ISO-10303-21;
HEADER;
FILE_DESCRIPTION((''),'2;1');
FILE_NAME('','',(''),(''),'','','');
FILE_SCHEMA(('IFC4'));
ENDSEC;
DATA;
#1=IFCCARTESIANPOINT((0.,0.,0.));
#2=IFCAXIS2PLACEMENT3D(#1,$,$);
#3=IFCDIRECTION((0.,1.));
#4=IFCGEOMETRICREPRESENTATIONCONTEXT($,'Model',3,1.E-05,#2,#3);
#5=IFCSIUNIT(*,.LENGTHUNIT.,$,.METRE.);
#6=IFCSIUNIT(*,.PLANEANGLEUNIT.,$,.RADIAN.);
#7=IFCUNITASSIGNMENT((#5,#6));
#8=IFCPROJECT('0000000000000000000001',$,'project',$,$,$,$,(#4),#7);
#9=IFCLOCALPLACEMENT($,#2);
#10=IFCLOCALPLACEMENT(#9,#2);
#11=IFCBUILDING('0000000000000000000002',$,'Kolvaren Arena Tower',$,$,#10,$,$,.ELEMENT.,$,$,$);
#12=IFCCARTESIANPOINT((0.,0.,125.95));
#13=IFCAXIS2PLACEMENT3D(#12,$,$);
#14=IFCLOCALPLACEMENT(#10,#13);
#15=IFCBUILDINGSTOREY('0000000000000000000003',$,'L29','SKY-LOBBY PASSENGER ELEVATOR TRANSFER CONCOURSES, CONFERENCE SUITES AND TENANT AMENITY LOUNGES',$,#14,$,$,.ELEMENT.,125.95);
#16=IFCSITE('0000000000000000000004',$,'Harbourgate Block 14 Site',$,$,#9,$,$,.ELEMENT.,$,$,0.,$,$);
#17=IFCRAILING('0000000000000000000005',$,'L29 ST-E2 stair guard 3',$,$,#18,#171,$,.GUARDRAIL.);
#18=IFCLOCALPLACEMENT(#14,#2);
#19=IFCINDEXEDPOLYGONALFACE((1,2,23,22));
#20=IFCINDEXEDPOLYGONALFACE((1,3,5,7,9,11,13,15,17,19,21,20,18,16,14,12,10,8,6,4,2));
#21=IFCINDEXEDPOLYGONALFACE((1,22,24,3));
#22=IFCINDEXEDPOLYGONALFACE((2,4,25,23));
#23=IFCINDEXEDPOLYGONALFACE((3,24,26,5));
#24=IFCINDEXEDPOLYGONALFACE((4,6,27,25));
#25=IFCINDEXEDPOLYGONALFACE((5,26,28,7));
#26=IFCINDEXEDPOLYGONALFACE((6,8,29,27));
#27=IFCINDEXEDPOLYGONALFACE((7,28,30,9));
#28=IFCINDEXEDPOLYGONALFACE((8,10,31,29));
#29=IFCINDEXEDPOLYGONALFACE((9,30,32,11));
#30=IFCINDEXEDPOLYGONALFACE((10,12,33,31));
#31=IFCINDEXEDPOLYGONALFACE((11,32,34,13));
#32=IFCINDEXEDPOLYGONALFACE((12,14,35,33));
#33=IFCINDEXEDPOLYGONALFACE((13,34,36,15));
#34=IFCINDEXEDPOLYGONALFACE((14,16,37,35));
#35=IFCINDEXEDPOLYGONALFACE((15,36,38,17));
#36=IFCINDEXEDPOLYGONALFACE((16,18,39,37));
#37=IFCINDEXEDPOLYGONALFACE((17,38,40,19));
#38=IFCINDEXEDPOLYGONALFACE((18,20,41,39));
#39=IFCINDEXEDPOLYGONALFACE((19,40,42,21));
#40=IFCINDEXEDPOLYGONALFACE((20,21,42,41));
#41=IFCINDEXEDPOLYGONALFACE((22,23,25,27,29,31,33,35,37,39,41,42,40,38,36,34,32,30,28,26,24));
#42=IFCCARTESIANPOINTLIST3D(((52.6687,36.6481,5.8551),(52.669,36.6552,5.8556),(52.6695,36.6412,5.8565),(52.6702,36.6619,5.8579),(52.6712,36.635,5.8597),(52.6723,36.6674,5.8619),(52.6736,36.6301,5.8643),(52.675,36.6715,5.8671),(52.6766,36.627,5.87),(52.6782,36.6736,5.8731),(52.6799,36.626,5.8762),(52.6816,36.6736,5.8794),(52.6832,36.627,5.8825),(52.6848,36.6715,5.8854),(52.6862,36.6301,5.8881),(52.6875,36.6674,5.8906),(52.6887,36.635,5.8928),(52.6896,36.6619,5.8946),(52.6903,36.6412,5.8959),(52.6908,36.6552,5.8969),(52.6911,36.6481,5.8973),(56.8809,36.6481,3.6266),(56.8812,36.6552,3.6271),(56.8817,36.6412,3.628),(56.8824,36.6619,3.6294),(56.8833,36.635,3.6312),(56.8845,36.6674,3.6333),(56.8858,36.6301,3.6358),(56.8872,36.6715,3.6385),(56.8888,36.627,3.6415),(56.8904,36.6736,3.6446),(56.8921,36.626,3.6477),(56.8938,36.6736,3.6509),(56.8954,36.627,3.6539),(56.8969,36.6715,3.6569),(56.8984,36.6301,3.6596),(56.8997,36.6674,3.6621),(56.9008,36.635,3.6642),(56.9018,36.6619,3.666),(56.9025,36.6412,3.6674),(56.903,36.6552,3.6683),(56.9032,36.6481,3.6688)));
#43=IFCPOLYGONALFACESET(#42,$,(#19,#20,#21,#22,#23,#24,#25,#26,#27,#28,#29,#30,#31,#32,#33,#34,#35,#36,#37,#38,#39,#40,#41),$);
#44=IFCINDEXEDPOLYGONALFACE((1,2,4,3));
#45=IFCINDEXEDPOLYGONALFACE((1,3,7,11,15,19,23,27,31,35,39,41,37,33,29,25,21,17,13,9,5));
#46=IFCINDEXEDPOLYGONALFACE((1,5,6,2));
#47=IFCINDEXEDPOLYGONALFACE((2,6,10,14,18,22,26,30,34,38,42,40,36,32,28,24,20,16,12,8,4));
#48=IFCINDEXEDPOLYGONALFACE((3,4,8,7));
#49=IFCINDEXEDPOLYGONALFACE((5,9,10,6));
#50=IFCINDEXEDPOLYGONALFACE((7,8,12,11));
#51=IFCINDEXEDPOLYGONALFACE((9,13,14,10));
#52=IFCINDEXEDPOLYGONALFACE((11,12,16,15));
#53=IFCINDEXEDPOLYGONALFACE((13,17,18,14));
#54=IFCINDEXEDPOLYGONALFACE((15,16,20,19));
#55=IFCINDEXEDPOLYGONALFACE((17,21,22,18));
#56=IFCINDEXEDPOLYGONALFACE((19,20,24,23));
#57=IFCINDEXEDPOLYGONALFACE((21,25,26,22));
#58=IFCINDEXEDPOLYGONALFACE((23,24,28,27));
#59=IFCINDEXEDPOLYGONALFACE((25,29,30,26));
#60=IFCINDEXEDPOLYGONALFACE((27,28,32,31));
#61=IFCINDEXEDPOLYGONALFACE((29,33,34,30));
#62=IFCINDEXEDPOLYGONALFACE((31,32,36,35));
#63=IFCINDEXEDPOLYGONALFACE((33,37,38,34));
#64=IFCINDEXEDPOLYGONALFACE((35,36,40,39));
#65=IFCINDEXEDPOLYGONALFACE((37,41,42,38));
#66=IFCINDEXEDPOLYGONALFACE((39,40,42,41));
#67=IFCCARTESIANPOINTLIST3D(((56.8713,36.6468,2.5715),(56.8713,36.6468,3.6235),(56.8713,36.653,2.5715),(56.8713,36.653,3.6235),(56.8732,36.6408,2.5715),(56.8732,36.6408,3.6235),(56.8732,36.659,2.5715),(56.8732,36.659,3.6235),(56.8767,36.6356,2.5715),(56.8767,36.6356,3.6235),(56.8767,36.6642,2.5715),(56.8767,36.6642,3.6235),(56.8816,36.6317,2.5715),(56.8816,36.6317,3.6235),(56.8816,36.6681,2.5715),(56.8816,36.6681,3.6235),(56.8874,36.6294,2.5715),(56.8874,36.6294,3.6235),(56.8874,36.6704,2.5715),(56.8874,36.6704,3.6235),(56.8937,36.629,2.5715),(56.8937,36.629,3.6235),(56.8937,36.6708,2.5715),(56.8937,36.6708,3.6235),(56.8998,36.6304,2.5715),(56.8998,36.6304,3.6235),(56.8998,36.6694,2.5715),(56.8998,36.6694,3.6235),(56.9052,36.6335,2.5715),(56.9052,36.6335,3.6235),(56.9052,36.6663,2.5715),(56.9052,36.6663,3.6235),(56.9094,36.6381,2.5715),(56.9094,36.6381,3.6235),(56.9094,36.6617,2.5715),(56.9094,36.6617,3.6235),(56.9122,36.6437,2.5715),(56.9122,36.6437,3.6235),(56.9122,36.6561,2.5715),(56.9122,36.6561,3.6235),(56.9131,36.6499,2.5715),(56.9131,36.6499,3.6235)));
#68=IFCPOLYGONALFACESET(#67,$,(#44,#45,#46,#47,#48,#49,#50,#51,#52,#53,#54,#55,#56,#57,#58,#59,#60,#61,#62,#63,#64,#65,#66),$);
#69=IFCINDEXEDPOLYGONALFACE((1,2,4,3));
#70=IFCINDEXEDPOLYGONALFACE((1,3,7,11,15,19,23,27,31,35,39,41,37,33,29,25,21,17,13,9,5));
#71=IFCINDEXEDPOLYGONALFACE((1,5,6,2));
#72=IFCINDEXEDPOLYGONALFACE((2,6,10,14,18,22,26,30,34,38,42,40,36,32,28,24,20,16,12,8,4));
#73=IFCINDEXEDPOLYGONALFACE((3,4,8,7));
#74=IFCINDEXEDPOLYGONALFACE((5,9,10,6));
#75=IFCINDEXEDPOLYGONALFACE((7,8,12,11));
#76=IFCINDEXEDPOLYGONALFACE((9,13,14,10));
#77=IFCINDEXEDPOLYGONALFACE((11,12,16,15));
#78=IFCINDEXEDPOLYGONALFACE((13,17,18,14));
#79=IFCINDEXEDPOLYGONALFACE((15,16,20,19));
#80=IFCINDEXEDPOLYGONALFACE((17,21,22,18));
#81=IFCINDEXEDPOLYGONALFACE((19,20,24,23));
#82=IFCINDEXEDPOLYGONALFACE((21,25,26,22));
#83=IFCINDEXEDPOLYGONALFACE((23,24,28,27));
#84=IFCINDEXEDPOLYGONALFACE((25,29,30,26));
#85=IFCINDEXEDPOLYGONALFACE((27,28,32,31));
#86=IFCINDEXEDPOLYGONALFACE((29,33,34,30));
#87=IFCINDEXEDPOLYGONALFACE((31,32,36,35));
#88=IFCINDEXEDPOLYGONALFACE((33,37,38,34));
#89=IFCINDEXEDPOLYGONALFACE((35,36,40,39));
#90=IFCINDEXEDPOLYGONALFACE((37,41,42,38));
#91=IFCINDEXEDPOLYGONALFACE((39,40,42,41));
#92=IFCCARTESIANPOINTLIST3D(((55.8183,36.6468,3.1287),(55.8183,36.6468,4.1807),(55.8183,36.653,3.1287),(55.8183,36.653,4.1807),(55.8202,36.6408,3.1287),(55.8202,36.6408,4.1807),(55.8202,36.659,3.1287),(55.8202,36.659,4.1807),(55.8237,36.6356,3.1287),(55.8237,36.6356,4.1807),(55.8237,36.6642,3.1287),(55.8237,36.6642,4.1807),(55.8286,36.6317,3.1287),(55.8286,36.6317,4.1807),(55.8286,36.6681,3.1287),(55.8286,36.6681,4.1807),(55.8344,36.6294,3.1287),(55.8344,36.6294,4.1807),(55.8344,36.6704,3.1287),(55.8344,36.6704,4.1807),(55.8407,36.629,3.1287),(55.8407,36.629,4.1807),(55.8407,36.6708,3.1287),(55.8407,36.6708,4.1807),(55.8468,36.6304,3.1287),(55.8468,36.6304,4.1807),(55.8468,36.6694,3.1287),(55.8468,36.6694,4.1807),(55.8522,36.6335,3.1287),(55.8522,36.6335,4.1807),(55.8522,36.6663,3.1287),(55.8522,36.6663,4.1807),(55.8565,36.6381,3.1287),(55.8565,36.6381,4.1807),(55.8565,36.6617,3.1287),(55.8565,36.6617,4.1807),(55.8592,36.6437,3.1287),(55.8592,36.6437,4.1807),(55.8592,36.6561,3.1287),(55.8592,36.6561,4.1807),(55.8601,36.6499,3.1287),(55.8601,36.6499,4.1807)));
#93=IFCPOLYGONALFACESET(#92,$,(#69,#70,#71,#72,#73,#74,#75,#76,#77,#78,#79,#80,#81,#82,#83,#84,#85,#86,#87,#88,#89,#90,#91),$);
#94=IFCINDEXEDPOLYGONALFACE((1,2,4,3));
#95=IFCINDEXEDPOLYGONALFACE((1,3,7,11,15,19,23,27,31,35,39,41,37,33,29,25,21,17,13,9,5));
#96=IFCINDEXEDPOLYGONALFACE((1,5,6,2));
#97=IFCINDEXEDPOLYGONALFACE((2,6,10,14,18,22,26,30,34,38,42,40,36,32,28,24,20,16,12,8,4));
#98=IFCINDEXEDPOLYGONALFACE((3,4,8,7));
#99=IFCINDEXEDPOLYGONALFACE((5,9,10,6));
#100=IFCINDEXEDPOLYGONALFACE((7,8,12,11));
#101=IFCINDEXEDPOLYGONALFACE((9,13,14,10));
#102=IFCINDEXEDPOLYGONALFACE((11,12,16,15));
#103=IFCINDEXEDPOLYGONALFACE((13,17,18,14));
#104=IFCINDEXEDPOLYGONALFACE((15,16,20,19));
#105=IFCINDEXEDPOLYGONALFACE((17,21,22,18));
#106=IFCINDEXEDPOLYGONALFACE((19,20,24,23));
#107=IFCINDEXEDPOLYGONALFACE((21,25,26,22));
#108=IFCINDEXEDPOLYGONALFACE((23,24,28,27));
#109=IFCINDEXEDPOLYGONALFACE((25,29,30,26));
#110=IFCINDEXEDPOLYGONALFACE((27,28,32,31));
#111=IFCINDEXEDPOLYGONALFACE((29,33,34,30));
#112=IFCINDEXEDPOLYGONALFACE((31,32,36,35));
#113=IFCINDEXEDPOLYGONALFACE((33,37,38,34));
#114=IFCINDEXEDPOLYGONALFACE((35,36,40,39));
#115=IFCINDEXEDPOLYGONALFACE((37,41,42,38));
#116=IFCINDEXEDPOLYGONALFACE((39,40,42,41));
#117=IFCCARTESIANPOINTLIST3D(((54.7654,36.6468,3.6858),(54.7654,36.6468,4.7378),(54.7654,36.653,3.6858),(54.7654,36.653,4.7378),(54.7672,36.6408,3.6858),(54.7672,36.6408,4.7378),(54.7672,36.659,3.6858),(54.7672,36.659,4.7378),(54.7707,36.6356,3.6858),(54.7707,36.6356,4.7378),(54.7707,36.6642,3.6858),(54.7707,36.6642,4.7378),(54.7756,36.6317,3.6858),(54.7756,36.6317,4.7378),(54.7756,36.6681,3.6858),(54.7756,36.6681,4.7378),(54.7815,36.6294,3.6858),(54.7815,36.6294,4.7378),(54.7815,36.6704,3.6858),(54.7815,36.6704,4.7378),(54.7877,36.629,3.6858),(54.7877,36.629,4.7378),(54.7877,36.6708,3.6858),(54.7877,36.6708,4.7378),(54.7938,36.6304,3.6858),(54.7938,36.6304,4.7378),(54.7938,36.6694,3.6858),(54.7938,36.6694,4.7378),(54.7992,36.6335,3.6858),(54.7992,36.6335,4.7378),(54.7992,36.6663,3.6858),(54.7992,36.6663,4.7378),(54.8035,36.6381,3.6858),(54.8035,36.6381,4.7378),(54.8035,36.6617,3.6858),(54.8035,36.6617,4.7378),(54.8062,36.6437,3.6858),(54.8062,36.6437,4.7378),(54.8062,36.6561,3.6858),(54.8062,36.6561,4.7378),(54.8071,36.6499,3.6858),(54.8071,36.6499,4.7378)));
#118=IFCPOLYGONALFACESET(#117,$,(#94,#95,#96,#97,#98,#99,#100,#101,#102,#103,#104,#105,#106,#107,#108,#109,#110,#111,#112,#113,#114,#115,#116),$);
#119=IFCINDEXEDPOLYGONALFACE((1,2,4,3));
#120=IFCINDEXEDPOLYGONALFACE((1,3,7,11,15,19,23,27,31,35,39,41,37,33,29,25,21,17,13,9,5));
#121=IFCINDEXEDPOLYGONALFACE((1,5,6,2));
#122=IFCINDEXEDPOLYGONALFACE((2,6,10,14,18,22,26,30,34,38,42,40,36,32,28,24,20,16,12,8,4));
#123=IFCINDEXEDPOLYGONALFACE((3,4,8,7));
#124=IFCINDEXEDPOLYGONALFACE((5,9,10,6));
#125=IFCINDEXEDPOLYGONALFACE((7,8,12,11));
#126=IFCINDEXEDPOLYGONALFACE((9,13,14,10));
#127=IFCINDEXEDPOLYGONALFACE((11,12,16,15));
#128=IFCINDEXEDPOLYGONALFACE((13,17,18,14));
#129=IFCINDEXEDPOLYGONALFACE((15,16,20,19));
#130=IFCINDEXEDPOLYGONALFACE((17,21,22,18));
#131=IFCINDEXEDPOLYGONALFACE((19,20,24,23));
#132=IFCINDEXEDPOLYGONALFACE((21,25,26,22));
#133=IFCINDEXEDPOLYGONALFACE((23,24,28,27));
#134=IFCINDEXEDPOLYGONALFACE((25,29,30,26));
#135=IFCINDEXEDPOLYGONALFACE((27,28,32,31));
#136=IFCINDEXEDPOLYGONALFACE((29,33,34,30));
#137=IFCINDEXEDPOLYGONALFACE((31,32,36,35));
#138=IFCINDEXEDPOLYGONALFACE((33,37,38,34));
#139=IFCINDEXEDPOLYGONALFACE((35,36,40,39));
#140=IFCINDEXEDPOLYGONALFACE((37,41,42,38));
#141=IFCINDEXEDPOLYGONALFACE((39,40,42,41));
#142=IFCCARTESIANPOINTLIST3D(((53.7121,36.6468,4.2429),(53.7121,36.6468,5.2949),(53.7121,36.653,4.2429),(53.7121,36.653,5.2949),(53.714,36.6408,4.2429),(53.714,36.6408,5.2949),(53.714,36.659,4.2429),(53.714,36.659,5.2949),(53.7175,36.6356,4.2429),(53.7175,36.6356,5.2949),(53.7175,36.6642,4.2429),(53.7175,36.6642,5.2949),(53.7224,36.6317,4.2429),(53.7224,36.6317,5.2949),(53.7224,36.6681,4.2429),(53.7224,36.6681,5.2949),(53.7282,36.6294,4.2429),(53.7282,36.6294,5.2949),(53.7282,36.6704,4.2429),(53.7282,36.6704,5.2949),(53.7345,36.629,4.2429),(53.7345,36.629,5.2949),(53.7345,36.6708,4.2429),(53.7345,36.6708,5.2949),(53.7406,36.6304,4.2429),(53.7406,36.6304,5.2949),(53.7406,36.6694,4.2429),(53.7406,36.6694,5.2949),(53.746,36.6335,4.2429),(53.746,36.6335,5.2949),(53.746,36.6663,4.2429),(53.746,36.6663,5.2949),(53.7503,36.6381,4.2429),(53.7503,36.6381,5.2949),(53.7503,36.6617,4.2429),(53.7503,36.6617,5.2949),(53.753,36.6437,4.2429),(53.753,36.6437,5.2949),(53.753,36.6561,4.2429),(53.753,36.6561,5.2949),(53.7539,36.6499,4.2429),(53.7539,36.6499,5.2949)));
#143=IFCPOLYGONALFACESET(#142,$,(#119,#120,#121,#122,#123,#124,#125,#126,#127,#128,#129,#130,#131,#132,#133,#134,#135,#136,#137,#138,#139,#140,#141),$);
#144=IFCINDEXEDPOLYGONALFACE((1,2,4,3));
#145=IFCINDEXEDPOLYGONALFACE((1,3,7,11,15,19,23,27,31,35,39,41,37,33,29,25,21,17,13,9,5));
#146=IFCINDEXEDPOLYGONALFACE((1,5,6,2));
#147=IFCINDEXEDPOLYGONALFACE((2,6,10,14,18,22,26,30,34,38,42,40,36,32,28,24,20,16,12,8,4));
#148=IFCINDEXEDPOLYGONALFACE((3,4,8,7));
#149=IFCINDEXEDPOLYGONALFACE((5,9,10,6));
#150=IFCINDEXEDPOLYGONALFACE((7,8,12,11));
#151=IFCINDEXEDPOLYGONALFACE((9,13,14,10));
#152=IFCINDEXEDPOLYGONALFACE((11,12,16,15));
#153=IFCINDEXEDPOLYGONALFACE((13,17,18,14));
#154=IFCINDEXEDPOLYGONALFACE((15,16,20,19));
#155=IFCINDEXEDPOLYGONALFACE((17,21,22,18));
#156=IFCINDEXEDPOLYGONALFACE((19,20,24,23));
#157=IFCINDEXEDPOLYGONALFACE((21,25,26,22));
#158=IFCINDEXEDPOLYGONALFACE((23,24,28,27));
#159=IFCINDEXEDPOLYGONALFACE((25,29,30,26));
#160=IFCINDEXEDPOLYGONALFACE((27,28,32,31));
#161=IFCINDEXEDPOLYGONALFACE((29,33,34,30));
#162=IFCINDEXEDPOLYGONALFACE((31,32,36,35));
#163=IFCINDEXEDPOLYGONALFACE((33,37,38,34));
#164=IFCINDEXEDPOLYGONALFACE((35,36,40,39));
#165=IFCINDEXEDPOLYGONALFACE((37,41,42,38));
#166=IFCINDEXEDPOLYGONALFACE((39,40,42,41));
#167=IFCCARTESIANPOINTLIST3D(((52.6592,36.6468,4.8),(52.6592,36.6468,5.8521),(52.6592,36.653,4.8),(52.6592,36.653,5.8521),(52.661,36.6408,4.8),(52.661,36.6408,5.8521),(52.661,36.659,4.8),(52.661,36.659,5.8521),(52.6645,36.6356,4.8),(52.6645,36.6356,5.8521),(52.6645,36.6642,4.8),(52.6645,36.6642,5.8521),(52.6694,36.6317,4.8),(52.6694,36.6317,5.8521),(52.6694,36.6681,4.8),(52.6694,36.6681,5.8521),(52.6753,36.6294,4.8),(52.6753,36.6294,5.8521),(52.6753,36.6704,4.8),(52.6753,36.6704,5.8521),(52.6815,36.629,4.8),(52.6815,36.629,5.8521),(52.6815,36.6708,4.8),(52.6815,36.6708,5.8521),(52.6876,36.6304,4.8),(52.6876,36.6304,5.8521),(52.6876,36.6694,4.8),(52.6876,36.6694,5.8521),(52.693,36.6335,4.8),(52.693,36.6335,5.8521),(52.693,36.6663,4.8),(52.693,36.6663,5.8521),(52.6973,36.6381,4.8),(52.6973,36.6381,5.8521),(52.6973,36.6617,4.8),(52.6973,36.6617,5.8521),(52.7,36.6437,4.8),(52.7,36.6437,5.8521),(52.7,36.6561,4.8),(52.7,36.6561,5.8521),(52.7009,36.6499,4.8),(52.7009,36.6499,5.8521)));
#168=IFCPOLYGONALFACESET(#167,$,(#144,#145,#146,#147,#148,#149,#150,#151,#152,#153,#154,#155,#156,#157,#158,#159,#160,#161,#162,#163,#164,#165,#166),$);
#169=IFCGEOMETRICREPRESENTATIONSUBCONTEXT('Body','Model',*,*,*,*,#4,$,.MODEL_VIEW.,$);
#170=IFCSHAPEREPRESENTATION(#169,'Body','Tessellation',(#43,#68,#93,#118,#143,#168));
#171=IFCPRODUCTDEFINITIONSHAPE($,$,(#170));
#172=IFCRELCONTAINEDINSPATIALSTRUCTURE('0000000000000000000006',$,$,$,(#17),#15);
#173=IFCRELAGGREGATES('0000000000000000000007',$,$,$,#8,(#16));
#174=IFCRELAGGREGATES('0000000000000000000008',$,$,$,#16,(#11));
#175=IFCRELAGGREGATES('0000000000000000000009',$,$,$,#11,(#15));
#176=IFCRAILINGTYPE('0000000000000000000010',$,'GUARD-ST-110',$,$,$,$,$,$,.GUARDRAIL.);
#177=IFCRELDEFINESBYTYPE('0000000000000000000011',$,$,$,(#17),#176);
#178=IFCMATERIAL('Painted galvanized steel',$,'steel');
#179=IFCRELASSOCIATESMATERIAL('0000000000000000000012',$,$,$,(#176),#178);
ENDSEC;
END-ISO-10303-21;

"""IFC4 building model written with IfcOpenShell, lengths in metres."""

from ifc_helpers import new_model, si_unit, direction, frame, origin, origin_2d, place, context, subcontext, project, spatial, circle, extrude, material, type_object, element, save


model = new_model("IFC4")

# Units and contexts
model_context = context("Model", 3, precision=1e-05, world=origin(), true_north=direction((0.0, 1.0)))
body_context = subcontext(model_context, "Body", "Model", "MODEL_VIEW")
ifc_project = project(units=[si_unit("LENGTHUNIT", "METRE"), si_unit("PLANEANGLEUNIT", "RADIAN")], contexts=[model_context])

# Site, building, storey
site_placement = place(None, origin())
site = spatial("IfcSite", under=ifc_project, at=site_placement, Name="Harbourgate Block 14 Site", CompositionType="ELEMENT", RefElevation=0.0)
building_placement = place(site_placement, origin())
building = spatial("IfcBuilding", under=site, at=building_placement, Name="Kolvaren Arena Tower", CompositionType="ELEMENT")
storey_placement = place(building_placement, frame((0.0, 0.0, 125.95)))
storey = spatial("IfcBuildingStorey", under=building, at=storey_placement, Name="L29", Description="SKY-LOBBY PASSENGER ELEVATOR TRANSFER CONCOURSES, CONFERENCE SUITES AND TENANT AMENITY LOUNGES", CompositionType="ELEMENT", Elevation=125.95)

# Railing
ifc_material_1 = material(Name="Painted galvanized steel", Category="steel")
railing_type_1 = type_object("IfcRailingType", Name="GUARD-ST-110", PredefinedType="GUARDRAIL", material=ifc_material_1)
railing_1_placement = place(storey_placement, frame((56.8921, 36.6499, 2.5715)))
element("IfcRailing", 1, at=railing_1_placement, inside=storey, type_object=railing_type_1, Name="L29 ST-E2 stair guard 3", PredefinedType="GUARDRAIL", context=body_context, shape_type="SweptSolid", body=[
    extrude(circle(Radius=0.0239, at=origin_2d()), frame((0.0, 0.0, 1.0762), z_axis=(-0.883914, 0.0, 0.46765), x_axis=(0.0, -1.0, 0.0)), (0.0, 0.0, 1.0), 4.7654),
    extrude(circle(Radius=0.021, at=origin_2d()), origin(), (0.0, 0.0, 1.0), 1.052),
    extrude(circle(Radius=0.021, at=origin_2d()), frame((-1.053, 0.0, 0.5571)), (0.0, 0.0, 1.0), 1.052),
    extrude(circle(Radius=0.021, at=origin_2d()), frame((-2.106, 0.0, 1.1143)), (0.0, 0.0, 1.0), 1.052),
    extrude(circle(Radius=0.021, at=origin_2d()), frame((-3.1592, 0.0, 1.6714)), (0.0, 0.0, 1.0), 1.052),
    extrude(circle(Radius=0.021, at=origin_2d()), frame((-4.2122, 0.0, 2.2285)), (0.0, 0.0, 1.0), 1.052),
])

save(model, "model.ifc")
